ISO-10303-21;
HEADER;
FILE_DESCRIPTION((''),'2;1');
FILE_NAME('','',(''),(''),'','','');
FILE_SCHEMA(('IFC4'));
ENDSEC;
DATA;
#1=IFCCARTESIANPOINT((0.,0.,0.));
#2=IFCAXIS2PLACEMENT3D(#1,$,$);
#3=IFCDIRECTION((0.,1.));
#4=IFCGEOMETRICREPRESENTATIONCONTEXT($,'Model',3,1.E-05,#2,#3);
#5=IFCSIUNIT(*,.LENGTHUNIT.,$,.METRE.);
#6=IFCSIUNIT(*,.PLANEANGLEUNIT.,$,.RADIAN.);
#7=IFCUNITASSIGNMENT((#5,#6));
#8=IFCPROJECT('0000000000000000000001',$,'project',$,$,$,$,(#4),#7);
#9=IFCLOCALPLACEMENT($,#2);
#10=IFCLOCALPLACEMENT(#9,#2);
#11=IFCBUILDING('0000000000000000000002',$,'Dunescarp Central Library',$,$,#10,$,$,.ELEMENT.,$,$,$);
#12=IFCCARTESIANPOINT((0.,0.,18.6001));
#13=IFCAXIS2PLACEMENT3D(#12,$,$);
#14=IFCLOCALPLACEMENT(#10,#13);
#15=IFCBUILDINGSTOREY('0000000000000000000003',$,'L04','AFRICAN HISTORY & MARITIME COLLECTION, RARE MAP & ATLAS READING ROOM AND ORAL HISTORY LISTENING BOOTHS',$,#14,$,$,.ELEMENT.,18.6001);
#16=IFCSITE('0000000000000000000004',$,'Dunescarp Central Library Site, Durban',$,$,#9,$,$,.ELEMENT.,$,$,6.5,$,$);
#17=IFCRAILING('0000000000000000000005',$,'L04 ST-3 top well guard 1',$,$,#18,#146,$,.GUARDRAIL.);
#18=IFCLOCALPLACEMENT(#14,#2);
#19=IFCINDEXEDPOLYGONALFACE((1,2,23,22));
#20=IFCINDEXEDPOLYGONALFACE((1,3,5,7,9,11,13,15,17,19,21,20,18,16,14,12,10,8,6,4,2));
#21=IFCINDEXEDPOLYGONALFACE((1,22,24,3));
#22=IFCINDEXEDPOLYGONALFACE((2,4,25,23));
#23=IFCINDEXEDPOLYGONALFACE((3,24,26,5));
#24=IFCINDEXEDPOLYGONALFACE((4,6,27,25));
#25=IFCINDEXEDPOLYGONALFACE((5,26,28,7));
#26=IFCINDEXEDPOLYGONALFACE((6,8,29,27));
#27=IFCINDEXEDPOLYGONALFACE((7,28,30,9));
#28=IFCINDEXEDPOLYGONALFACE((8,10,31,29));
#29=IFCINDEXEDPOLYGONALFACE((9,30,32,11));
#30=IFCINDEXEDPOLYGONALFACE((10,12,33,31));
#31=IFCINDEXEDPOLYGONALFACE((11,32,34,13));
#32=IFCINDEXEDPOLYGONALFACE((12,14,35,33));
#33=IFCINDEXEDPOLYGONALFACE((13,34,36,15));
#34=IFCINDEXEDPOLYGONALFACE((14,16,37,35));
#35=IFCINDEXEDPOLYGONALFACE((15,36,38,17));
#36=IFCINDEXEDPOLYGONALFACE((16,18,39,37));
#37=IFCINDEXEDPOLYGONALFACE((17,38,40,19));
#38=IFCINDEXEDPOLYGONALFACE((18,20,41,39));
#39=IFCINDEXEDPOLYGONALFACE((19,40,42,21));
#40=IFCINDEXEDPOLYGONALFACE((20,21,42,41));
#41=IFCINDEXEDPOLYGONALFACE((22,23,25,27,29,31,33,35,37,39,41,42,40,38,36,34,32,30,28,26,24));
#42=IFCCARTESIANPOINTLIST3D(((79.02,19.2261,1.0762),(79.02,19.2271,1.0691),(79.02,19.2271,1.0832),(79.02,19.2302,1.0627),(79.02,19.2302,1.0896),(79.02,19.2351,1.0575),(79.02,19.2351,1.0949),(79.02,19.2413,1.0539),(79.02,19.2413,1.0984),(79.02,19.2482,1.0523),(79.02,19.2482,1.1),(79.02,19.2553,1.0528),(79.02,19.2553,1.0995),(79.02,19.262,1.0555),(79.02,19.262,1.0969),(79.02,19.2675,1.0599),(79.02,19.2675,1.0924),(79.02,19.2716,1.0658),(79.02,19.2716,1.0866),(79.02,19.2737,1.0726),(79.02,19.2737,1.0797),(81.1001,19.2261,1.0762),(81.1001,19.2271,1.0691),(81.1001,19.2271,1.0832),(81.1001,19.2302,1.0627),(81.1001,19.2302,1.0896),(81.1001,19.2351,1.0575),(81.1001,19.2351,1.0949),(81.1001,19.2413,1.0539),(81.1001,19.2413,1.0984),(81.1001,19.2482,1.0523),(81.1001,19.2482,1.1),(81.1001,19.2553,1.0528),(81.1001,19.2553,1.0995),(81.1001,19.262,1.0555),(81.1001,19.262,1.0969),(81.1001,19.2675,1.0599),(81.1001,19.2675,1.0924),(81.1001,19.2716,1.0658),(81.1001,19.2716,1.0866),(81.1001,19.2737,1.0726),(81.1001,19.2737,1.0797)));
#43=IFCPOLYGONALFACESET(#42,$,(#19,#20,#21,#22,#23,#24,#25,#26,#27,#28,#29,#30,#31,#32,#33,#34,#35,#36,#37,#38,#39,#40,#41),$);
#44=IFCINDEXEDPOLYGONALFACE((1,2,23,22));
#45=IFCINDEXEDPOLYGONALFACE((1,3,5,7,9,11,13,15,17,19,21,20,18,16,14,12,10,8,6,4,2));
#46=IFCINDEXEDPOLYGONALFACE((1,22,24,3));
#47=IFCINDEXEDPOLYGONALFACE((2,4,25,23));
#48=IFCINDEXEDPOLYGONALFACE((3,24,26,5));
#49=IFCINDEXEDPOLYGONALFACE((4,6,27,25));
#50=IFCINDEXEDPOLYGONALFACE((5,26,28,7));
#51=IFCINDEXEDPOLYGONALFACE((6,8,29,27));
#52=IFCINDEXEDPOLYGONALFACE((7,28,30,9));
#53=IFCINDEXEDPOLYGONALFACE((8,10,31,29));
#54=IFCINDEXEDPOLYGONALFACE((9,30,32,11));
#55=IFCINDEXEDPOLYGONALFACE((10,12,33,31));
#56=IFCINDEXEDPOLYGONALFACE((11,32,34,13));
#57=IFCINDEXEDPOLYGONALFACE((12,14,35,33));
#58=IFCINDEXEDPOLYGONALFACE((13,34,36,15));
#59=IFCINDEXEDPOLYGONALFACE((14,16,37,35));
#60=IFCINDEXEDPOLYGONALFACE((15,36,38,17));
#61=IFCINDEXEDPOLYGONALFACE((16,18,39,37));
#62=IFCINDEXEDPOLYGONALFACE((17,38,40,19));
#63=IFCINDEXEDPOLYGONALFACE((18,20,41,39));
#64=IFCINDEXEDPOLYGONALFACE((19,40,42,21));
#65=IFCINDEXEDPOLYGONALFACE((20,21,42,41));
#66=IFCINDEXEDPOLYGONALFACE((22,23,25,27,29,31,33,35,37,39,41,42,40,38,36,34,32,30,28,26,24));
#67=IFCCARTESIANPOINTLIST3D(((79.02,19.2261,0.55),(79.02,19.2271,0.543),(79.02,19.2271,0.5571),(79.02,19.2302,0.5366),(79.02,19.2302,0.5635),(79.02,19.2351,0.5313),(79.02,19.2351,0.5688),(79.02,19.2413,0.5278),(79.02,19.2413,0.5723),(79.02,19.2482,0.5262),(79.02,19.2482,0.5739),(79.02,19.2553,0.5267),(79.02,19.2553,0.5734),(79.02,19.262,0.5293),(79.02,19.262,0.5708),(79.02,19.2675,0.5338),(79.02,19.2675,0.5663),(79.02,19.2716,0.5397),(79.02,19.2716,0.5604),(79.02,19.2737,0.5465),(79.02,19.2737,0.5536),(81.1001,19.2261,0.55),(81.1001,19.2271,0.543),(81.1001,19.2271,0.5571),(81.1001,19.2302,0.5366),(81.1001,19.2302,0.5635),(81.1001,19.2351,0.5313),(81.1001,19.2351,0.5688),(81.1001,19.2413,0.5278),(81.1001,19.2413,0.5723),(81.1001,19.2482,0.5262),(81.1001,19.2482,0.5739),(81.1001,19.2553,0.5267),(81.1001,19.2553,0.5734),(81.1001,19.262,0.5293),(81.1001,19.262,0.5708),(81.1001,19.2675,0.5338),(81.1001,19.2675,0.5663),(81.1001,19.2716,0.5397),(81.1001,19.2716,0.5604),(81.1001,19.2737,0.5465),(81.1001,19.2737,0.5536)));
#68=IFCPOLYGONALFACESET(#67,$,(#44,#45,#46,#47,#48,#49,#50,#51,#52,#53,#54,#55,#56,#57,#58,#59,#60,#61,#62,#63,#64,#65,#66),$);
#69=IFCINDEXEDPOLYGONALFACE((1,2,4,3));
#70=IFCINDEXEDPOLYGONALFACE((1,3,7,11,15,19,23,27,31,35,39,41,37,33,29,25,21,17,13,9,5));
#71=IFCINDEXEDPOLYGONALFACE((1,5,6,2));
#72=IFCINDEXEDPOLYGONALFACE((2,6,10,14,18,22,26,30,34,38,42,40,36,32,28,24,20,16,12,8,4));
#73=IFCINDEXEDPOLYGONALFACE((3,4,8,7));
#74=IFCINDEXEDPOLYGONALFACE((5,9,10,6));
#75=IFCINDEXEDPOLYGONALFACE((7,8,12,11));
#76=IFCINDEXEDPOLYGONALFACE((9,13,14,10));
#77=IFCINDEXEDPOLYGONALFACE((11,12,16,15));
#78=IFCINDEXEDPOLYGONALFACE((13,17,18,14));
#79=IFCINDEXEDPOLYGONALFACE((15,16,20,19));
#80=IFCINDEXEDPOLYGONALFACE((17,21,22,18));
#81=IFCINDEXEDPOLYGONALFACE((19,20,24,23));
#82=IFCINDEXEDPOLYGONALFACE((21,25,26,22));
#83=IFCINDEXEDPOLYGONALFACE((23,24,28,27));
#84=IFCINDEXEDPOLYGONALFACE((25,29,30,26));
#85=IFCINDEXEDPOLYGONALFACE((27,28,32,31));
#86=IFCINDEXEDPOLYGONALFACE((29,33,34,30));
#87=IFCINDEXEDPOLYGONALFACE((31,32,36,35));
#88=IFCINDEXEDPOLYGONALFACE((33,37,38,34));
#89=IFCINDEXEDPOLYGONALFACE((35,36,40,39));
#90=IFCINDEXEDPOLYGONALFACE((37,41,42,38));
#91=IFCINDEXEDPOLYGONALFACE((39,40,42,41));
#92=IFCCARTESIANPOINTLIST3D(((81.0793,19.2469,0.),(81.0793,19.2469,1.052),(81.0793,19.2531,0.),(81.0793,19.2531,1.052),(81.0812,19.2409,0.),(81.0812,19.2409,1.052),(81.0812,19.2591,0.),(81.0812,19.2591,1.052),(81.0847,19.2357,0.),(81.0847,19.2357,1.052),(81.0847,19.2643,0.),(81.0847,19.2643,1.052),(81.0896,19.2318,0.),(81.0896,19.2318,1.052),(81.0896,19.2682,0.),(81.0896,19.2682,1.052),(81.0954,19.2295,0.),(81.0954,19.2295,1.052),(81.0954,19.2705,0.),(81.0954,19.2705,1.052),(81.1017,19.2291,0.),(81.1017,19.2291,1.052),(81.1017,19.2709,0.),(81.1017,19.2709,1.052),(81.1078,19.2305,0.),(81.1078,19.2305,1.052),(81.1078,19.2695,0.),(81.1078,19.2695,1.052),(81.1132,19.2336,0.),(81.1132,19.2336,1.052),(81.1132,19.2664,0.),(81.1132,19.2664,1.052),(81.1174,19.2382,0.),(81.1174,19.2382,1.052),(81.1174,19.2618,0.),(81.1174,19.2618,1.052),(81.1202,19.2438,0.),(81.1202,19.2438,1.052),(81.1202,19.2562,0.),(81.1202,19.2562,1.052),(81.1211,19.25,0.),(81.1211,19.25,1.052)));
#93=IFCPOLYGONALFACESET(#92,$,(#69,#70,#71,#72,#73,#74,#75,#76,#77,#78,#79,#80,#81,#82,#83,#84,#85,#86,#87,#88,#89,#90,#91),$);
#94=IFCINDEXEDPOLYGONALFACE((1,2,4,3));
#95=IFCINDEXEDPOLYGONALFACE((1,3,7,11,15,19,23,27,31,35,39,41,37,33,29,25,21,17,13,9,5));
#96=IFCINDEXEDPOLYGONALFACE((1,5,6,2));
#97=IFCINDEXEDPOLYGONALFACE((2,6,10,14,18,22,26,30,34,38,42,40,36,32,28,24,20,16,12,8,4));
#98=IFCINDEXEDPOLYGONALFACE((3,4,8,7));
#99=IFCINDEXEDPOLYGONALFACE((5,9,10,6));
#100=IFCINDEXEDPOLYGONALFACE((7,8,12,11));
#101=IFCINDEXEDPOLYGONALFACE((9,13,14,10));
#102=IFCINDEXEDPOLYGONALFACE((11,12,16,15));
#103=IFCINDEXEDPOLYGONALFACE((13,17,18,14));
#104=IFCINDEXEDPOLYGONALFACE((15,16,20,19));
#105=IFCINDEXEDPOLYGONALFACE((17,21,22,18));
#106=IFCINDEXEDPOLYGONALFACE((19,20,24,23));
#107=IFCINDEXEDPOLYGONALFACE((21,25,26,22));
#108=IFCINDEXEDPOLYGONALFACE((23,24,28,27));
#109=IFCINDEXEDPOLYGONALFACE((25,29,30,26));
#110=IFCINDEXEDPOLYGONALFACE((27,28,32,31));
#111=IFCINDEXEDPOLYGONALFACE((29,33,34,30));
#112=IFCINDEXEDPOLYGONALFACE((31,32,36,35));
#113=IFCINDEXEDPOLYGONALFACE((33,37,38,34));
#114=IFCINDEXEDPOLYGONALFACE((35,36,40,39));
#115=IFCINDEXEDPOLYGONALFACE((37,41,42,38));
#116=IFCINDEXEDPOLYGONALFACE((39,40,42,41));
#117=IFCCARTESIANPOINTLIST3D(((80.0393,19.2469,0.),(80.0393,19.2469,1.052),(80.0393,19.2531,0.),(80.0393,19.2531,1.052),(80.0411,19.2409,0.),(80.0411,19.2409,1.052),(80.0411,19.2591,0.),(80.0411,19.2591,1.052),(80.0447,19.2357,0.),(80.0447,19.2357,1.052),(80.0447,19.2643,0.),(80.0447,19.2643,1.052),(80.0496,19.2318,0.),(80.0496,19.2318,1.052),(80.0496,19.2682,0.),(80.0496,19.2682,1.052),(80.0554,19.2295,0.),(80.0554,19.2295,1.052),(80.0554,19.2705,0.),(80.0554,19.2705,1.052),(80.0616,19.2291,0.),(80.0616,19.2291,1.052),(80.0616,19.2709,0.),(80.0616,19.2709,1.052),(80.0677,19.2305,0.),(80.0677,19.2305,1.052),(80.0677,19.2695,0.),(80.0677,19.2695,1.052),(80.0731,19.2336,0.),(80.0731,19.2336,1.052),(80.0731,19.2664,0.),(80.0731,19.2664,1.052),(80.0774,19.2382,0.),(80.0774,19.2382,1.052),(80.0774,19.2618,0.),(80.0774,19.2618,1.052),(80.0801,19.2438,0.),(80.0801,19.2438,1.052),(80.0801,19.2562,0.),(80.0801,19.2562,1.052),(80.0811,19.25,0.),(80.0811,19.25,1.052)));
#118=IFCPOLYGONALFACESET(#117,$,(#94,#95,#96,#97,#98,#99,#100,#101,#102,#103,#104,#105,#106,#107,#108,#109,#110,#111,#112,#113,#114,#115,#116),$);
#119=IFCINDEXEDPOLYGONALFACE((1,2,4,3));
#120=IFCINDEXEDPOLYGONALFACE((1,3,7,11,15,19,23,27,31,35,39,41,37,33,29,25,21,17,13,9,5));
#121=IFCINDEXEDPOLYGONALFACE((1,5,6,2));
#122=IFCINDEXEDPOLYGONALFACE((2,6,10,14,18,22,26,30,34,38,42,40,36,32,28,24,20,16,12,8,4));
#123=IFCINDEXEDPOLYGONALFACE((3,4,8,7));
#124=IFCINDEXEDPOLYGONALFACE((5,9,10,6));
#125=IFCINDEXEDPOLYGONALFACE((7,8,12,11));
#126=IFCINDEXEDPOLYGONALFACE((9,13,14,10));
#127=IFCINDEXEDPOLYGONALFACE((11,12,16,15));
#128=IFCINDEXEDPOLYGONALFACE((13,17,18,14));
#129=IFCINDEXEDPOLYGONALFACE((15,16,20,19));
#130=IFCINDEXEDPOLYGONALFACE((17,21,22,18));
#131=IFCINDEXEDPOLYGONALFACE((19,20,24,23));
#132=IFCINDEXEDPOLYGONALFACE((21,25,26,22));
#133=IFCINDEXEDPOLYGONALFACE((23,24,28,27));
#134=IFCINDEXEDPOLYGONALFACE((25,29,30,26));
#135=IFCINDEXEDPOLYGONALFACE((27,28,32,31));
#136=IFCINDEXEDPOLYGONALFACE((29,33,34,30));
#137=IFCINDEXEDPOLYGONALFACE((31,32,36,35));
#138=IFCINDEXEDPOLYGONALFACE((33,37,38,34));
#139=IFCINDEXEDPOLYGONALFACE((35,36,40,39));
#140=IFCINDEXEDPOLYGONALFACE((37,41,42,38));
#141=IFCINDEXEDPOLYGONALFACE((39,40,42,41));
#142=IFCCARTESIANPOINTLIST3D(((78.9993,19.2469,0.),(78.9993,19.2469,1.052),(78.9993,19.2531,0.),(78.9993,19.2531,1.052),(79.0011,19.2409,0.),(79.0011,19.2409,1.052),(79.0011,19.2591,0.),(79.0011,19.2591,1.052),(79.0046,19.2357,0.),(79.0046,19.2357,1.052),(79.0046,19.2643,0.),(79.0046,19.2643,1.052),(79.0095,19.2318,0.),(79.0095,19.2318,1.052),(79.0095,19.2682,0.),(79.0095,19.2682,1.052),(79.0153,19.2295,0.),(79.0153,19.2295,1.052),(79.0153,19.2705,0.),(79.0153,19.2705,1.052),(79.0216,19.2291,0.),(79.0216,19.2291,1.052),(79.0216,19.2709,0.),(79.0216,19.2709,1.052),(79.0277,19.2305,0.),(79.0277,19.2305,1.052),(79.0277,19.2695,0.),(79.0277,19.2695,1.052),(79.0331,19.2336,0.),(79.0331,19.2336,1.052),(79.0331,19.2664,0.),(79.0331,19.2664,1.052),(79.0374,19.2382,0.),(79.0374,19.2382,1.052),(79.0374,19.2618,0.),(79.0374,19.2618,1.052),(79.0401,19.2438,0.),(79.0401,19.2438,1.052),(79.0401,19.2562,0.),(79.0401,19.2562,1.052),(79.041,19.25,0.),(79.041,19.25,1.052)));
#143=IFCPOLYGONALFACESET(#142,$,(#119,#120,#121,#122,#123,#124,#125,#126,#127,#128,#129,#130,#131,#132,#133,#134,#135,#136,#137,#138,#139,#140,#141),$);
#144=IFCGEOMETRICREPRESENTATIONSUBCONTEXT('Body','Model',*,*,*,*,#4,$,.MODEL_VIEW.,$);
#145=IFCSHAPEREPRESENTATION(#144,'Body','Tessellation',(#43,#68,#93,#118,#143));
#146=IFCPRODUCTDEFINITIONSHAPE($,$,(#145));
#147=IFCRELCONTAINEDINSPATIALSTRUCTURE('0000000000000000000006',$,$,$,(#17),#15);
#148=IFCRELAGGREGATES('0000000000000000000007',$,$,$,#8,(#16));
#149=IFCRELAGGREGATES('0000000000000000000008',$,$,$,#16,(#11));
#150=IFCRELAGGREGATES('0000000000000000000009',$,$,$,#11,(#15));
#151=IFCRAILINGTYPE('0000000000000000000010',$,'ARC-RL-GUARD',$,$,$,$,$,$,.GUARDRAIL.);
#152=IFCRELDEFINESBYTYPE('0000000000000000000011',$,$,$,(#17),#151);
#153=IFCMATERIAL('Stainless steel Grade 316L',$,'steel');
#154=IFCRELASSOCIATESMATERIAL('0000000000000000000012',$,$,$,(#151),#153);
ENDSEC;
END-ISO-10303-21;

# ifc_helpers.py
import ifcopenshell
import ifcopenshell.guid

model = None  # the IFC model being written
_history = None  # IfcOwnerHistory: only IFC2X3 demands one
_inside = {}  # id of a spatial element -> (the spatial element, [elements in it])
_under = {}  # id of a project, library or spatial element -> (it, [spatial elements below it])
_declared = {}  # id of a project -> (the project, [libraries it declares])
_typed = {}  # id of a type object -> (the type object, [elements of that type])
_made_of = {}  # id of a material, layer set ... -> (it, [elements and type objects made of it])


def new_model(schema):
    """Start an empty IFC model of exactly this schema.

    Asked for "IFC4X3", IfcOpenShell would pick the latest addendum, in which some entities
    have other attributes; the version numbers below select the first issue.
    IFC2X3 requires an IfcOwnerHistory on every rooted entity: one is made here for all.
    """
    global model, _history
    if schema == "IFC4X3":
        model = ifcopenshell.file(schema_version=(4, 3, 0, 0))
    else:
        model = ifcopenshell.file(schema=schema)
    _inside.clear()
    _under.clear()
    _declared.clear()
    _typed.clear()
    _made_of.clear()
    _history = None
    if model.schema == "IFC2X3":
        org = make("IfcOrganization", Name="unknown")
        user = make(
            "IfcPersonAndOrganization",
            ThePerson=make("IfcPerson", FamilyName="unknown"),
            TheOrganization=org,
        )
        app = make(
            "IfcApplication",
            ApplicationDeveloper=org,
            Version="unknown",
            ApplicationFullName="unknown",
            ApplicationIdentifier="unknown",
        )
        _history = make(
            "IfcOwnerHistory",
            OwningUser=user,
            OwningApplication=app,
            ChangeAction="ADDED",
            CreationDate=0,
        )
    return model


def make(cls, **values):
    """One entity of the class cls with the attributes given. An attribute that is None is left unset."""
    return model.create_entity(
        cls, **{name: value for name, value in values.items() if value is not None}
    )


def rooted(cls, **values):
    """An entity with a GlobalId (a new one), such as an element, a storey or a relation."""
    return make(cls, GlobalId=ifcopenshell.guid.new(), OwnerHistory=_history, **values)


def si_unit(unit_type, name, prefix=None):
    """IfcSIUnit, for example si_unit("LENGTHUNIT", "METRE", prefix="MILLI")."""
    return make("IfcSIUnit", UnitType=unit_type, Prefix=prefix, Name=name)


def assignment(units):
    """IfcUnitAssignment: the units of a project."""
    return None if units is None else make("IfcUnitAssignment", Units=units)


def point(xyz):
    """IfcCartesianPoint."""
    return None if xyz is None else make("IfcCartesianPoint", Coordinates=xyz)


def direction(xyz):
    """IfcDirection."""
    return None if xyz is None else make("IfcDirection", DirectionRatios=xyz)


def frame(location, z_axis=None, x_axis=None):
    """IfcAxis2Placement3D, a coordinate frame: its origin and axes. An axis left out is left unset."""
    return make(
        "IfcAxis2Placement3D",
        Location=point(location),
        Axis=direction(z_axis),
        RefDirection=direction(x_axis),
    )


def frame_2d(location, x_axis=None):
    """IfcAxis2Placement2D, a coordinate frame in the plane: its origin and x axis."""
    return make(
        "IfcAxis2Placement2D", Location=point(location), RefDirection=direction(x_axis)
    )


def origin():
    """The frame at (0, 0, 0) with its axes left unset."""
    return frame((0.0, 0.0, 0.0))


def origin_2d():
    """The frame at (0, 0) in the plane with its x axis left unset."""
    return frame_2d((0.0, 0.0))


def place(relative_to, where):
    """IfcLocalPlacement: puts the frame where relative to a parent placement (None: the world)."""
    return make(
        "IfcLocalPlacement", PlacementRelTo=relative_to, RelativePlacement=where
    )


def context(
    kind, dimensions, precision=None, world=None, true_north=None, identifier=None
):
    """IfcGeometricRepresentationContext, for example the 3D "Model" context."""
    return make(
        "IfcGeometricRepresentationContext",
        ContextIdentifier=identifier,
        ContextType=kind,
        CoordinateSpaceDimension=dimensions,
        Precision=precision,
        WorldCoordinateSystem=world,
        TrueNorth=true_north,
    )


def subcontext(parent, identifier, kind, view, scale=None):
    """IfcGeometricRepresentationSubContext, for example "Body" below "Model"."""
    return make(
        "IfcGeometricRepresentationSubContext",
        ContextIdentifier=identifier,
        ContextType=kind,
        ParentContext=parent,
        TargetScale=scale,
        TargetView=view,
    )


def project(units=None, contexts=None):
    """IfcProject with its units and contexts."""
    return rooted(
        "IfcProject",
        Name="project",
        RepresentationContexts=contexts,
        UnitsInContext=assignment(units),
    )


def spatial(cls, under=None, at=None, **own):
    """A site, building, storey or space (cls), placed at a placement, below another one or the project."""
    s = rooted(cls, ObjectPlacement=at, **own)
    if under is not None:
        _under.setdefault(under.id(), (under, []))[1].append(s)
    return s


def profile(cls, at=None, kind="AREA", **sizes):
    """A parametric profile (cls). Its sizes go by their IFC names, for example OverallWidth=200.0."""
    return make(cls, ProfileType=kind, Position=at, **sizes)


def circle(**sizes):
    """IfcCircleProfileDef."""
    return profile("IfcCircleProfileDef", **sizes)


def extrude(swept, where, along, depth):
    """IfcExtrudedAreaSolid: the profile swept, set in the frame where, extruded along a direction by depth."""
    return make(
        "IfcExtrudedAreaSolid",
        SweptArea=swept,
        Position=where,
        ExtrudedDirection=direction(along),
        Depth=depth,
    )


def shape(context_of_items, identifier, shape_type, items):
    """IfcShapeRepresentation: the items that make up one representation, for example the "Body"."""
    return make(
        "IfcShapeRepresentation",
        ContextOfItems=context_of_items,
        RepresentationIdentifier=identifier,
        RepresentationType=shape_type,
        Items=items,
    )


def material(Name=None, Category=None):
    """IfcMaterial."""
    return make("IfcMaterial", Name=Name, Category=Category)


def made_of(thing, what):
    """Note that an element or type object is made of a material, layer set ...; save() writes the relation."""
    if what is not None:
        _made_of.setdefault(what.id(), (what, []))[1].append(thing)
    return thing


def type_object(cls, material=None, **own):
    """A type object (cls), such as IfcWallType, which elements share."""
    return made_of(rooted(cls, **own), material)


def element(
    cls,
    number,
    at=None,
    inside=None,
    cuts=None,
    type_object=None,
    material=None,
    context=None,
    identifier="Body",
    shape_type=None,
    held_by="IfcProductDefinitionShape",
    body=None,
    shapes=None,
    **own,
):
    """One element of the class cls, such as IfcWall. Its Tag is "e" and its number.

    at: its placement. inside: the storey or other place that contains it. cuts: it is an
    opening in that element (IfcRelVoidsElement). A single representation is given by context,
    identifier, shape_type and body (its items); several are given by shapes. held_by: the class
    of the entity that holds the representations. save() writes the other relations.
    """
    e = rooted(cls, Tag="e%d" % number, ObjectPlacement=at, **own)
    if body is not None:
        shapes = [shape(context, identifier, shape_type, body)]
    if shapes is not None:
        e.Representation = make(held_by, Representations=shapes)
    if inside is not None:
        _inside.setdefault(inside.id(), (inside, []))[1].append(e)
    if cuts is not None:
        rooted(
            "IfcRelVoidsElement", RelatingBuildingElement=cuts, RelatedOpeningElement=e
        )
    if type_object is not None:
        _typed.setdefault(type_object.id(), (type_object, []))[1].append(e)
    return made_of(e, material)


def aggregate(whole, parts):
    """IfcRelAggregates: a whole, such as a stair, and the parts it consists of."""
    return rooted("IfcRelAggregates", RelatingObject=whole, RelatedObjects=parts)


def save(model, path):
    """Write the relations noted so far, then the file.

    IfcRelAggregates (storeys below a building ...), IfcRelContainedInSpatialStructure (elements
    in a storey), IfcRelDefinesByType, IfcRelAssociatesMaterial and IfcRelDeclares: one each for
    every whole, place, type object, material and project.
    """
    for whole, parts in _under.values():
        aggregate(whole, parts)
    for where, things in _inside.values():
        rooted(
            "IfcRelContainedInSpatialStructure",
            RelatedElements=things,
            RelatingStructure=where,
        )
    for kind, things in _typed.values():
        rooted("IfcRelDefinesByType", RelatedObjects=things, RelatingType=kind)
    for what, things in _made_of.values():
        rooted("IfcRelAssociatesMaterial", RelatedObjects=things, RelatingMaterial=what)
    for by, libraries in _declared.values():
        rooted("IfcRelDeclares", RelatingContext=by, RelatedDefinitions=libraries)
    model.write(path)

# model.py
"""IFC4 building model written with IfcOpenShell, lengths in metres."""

from ifc_helpers import new_model, si_unit, direction, frame, origin, origin_2d, place, context, subcontext, project, spatial, circle, extrude, material, type_object, element, save


model = new_model("IFC4")

# Units and contexts
model_context = context("Model", 3, precision=1e-05, world=origin(), true_north=direction((0.0, 1.0)))
body_context = subcontext(model_context, "Body", "Model", "MODEL_VIEW")
ifc_project = project(units=[si_unit("LENGTHUNIT", "METRE"), si_unit("PLANEANGLEUNIT", "RADIAN")], contexts=[model_context])

# Site, building, storey
site_placement = place(None, origin())
site = spatial("IfcSite", under=ifc_project, at=site_placement, Name="Dunescarp Central Library Site, Durban", CompositionType="ELEMENT", RefElevation=6.5)
building_placement = place(site_placement, origin())
building = spatial("IfcBuilding", under=site, at=building_placement, Name="Dunescarp Central Library", CompositionType="ELEMENT")
storey_placement = place(building_placement, frame((0.0, 0.0, 18.6001)))
storey = spatial("IfcBuildingStorey", under=building, at=storey_placement, Name="L04", Description="AFRICAN HISTORY & MARITIME COLLECTION, RARE MAP & ATLAS READING ROOM AND ORAL HISTORY LISTENING BOOTHS", CompositionType="ELEMENT", Elevation=18.6001)

# Railing
ifc_material_1 = material(Name="Stainless steel Grade 316L", Category="steel")
railing_type = type_object("IfcRailingType", Name="ARC-RL-GUARD", PredefinedType="GUARDRAIL", material=ifc_material_1)
railing_placement = place(storey_placement, frame((81.1001, 19.25, 0.0)))
element("IfcRailing", 1, at=railing_placement, inside=storey, type_object=railing_type, Name="L04 ST-3 top well guard 1", PredefinedType="GUARDRAIL", context=body_context, shape_type="SweptSolid", body=[
    extrude(circle(Radius=0.0239, at=origin_2d()), frame((0.0, 0.0, 1.0762), z_axis=(-1.0, 0.0, 0.0), x_axis=(0.0, -1.0, 0.0)), (0.0, 0.0, 1.0), 2.0801),
    extrude(circle(Radius=0.0239, at=origin_2d()), frame((0.0, 0.0, 0.55), z_axis=(-1.0, 0.0, 0.0), x_axis=(0.0, -1.0, 0.0)), (0.0, 0.0, 1.0), 2.0801),
    extrude(circle(Radius=0.021, at=origin_2d()), origin(), (0.0, 0.0, 1.0), 1.052),
    extrude(circle(Radius=0.021, at=origin_2d()), frame((-1.04, 0.0, 0.0)), (0.0, 0.0, 1.0), 1.052),
    extrude(circle(Radius=0.021, at=origin_2d()), frame((-2.0801, 0.0, 0.0)), (0.0, 0.0, 1.0), 1.052),
])

save(model, "model.ifc")
